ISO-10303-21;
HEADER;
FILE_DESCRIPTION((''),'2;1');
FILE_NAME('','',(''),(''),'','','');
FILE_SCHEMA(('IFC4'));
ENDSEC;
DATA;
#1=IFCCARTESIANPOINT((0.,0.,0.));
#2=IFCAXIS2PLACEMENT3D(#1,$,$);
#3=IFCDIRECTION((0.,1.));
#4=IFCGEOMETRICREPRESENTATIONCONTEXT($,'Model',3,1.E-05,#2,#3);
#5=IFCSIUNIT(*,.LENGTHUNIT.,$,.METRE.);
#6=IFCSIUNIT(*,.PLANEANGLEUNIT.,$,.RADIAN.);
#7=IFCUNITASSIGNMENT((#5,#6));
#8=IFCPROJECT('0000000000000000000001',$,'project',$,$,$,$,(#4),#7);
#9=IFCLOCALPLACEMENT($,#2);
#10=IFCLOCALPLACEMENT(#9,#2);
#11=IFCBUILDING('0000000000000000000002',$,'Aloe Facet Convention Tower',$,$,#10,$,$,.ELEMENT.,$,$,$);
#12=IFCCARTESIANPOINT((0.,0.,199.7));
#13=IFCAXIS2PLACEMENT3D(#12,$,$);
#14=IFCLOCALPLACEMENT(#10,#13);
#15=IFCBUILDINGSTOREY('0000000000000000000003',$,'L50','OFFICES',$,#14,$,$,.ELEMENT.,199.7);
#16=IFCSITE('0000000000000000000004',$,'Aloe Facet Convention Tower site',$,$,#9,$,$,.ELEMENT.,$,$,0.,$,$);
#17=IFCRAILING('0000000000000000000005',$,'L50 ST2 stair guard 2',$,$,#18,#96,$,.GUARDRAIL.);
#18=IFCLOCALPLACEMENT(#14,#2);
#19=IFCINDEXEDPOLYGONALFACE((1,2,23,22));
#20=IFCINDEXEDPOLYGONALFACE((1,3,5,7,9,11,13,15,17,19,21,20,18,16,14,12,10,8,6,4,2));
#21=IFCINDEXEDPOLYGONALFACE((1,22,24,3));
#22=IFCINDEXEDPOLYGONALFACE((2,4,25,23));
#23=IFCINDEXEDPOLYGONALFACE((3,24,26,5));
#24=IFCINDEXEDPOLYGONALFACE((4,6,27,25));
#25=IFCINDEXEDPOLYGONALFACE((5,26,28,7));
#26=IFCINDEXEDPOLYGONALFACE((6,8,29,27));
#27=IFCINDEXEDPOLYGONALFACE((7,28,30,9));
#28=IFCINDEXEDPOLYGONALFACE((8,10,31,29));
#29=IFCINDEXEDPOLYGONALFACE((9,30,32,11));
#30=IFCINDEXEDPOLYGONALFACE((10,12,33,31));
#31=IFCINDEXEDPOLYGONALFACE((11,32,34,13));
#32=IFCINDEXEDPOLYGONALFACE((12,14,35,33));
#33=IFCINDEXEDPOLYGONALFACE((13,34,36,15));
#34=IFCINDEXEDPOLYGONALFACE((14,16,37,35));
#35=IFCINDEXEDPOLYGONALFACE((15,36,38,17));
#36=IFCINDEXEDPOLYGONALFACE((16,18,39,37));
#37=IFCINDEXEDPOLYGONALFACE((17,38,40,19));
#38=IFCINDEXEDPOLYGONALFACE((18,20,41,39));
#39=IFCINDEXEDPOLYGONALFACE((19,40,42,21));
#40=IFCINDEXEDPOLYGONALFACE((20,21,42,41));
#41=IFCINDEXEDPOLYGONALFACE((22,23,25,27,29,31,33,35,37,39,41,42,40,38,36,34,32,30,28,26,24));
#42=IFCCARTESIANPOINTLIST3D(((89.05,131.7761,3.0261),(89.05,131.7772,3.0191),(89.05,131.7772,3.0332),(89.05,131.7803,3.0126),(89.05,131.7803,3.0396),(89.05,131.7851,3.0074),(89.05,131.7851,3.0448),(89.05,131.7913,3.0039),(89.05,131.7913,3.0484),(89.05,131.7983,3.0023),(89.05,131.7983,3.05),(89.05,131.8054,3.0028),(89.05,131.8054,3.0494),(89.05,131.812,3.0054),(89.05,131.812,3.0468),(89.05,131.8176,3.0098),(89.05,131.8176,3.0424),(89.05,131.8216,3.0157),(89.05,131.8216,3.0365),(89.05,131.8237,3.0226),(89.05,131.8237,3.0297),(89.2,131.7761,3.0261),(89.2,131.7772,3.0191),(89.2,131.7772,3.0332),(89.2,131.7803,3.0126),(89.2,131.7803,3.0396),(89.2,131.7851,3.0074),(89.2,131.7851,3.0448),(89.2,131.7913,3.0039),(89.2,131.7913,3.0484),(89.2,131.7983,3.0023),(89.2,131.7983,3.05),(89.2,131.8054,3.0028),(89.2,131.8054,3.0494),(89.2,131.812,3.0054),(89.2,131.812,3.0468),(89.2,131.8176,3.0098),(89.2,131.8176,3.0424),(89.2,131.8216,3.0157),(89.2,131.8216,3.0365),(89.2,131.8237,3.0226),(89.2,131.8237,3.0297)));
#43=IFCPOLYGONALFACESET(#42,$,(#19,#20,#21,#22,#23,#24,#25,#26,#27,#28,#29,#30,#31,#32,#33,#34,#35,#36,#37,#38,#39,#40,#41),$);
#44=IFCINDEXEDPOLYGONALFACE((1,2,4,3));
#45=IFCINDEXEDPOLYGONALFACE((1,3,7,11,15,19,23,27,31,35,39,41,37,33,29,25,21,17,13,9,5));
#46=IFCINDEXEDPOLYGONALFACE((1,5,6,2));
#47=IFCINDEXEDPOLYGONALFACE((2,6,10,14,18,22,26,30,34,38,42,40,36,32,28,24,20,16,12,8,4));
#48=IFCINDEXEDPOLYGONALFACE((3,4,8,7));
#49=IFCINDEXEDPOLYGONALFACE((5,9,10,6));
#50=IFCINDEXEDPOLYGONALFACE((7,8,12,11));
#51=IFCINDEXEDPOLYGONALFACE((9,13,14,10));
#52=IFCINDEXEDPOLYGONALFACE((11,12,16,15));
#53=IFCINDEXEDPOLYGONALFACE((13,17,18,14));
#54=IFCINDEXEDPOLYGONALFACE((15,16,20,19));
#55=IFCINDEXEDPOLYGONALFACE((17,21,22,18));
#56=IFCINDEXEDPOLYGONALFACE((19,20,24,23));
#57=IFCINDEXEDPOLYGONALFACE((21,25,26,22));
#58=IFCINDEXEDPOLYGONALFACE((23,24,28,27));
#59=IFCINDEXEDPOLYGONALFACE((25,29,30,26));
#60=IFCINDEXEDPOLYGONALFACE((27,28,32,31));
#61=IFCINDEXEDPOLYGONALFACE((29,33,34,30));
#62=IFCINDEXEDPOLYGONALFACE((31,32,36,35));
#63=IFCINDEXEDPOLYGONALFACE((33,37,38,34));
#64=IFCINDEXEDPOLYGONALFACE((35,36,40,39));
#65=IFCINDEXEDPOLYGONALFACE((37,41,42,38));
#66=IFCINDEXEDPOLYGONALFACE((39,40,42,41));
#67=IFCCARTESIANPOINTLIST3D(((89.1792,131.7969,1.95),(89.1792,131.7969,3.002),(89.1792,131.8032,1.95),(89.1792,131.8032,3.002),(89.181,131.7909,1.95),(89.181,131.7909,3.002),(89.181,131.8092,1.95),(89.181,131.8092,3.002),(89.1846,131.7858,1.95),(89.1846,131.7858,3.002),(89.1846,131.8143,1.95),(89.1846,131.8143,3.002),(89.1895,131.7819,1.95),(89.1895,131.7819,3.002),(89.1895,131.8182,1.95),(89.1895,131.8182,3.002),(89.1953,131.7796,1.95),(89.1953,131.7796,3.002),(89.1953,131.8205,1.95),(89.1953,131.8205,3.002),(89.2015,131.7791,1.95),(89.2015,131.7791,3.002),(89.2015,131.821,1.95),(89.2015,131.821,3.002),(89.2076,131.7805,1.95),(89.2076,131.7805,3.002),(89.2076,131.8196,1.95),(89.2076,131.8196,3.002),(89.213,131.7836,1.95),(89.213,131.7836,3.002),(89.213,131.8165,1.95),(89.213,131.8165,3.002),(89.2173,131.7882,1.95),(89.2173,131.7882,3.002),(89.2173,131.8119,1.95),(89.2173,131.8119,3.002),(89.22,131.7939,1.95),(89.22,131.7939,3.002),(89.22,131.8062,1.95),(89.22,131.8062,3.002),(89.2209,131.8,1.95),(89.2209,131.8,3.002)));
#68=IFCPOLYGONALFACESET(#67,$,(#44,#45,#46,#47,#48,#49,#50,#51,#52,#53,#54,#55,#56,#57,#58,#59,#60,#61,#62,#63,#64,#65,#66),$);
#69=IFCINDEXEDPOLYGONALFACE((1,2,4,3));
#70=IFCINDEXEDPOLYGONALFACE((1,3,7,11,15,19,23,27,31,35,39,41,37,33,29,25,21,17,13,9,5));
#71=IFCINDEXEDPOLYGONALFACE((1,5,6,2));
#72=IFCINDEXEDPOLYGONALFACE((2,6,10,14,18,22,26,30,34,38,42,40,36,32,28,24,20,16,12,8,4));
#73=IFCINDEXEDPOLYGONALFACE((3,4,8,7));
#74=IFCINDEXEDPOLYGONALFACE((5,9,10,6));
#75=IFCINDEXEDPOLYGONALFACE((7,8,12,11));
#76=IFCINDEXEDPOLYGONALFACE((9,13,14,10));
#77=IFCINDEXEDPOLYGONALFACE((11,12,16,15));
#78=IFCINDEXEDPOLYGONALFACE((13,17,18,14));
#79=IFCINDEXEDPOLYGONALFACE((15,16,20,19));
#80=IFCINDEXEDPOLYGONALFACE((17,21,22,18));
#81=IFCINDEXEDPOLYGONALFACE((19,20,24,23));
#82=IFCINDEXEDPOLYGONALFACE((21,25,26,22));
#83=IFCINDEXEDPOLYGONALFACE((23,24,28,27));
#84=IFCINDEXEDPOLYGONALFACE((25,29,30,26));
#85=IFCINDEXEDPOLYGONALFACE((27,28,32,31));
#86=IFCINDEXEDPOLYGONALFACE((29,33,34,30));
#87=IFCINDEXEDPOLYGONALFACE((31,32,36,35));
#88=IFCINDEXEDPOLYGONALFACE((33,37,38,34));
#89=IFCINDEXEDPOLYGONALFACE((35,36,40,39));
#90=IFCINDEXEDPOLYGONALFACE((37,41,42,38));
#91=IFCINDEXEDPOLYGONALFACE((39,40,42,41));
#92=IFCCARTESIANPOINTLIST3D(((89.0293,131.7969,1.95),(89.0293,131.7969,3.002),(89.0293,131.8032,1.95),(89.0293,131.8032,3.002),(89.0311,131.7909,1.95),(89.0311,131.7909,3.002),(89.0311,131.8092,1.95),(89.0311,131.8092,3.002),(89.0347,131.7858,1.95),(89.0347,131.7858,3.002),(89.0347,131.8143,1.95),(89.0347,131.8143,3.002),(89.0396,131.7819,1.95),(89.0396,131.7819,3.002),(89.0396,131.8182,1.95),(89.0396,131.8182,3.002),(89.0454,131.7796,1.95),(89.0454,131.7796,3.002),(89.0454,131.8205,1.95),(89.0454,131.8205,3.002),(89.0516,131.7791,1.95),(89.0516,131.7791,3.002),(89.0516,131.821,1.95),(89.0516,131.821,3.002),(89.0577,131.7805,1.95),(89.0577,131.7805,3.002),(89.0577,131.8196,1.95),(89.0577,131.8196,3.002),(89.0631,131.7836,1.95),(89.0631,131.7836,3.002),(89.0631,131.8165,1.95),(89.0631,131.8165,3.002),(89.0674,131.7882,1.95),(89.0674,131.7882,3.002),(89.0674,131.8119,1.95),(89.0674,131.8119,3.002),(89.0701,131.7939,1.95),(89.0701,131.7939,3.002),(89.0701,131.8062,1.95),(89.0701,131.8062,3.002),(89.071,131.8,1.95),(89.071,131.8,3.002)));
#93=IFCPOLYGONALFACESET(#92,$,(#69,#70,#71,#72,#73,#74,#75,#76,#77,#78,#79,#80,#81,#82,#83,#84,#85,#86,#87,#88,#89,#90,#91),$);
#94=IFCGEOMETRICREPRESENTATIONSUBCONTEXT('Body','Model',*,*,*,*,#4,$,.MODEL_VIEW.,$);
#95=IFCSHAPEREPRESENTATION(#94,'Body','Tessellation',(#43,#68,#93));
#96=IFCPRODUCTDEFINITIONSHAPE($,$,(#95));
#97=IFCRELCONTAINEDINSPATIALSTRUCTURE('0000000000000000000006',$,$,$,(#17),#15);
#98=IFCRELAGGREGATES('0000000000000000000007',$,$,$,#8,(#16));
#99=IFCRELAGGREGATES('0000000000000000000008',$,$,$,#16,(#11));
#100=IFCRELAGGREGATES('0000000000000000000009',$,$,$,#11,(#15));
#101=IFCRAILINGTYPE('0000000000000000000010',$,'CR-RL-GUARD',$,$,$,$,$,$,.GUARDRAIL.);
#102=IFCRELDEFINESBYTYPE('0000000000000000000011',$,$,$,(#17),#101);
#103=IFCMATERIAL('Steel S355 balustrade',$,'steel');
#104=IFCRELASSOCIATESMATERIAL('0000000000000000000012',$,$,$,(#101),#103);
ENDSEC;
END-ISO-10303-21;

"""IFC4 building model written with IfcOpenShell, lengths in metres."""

from ifc_helpers import new_model, si_unit, direction, frame, origin, origin_2d, place, context, subcontext, project, spatial, circle, extrude, material, type_object, element, save


model = new_model("IFC4")

# Units and contexts
model_context = context("Model", 3, precision=1e-05, world=origin(), true_north=direction((0.0, 1.0)))
body_context = subcontext(model_context, "Body", "Model", "MODEL_VIEW")
ifc_project = project(units=[si_unit("LENGTHUNIT", "METRE"), si_unit("PLANEANGLEUNIT", "RADIAN")], contexts=[model_context])

# Site, building, storey
site_placement = place(None, origin())
site = spatial("IfcSite", under=ifc_project, at=site_placement, Name="Aloe Facet Convention Tower site", CompositionType="ELEMENT", RefElevation=0.0)
building_placement = place(site_placement, origin())
building = spatial("IfcBuilding", under=site, at=building_placement, Name="Aloe Facet Convention Tower", CompositionType="ELEMENT")
storey_placement = place(building_placement, frame((0.0, 0.0, 199.7)))
storey = spatial("IfcBuildingStorey", under=building, at=storey_placement, Name="L50", Description="OFFICES", CompositionType="ELEMENT", Elevation=199.7)

# Railing
ifc_material_1 = material(Name="Steel S355 balustrade", Category="steel")
railing_type_1 = type_object("IfcRailingType", Name="CR-RL-GUARD", PredefinedType="GUARDRAIL", material=ifc_material_1)
railing_1_placement = place(storey_placement, frame((89.2, 131.8, 1.95)))
element("IfcRailing", 1, at=railing_1_placement, inside=storey, type_object=railing_type_1, Name="L50 ST2 stair guard 2", PredefinedType="GUARDRAIL", context=body_context, shape_type="SweptSolid", body=[
    extrude(circle(Radius=0.0239, at=origin_2d()), frame((0.0, 0.0, 1.0762), z_axis=(-1.0, 0.0, 0.0), x_axis=(0.0, -1.0, 0.0)), (0.0, 0.0, 1.0), 0.1499),
    extrude(circle(Radius=0.021, at=origin_2d()), origin(), (0.0, 0.0, 1.0), 1.052),
    extrude(circle(Radius=0.021, at=origin_2d()), frame((-0.1499, 0.0, 0.0)), (0.0, 0.0, 1.0), 1.052),
])

save(model, "model.ifc")
